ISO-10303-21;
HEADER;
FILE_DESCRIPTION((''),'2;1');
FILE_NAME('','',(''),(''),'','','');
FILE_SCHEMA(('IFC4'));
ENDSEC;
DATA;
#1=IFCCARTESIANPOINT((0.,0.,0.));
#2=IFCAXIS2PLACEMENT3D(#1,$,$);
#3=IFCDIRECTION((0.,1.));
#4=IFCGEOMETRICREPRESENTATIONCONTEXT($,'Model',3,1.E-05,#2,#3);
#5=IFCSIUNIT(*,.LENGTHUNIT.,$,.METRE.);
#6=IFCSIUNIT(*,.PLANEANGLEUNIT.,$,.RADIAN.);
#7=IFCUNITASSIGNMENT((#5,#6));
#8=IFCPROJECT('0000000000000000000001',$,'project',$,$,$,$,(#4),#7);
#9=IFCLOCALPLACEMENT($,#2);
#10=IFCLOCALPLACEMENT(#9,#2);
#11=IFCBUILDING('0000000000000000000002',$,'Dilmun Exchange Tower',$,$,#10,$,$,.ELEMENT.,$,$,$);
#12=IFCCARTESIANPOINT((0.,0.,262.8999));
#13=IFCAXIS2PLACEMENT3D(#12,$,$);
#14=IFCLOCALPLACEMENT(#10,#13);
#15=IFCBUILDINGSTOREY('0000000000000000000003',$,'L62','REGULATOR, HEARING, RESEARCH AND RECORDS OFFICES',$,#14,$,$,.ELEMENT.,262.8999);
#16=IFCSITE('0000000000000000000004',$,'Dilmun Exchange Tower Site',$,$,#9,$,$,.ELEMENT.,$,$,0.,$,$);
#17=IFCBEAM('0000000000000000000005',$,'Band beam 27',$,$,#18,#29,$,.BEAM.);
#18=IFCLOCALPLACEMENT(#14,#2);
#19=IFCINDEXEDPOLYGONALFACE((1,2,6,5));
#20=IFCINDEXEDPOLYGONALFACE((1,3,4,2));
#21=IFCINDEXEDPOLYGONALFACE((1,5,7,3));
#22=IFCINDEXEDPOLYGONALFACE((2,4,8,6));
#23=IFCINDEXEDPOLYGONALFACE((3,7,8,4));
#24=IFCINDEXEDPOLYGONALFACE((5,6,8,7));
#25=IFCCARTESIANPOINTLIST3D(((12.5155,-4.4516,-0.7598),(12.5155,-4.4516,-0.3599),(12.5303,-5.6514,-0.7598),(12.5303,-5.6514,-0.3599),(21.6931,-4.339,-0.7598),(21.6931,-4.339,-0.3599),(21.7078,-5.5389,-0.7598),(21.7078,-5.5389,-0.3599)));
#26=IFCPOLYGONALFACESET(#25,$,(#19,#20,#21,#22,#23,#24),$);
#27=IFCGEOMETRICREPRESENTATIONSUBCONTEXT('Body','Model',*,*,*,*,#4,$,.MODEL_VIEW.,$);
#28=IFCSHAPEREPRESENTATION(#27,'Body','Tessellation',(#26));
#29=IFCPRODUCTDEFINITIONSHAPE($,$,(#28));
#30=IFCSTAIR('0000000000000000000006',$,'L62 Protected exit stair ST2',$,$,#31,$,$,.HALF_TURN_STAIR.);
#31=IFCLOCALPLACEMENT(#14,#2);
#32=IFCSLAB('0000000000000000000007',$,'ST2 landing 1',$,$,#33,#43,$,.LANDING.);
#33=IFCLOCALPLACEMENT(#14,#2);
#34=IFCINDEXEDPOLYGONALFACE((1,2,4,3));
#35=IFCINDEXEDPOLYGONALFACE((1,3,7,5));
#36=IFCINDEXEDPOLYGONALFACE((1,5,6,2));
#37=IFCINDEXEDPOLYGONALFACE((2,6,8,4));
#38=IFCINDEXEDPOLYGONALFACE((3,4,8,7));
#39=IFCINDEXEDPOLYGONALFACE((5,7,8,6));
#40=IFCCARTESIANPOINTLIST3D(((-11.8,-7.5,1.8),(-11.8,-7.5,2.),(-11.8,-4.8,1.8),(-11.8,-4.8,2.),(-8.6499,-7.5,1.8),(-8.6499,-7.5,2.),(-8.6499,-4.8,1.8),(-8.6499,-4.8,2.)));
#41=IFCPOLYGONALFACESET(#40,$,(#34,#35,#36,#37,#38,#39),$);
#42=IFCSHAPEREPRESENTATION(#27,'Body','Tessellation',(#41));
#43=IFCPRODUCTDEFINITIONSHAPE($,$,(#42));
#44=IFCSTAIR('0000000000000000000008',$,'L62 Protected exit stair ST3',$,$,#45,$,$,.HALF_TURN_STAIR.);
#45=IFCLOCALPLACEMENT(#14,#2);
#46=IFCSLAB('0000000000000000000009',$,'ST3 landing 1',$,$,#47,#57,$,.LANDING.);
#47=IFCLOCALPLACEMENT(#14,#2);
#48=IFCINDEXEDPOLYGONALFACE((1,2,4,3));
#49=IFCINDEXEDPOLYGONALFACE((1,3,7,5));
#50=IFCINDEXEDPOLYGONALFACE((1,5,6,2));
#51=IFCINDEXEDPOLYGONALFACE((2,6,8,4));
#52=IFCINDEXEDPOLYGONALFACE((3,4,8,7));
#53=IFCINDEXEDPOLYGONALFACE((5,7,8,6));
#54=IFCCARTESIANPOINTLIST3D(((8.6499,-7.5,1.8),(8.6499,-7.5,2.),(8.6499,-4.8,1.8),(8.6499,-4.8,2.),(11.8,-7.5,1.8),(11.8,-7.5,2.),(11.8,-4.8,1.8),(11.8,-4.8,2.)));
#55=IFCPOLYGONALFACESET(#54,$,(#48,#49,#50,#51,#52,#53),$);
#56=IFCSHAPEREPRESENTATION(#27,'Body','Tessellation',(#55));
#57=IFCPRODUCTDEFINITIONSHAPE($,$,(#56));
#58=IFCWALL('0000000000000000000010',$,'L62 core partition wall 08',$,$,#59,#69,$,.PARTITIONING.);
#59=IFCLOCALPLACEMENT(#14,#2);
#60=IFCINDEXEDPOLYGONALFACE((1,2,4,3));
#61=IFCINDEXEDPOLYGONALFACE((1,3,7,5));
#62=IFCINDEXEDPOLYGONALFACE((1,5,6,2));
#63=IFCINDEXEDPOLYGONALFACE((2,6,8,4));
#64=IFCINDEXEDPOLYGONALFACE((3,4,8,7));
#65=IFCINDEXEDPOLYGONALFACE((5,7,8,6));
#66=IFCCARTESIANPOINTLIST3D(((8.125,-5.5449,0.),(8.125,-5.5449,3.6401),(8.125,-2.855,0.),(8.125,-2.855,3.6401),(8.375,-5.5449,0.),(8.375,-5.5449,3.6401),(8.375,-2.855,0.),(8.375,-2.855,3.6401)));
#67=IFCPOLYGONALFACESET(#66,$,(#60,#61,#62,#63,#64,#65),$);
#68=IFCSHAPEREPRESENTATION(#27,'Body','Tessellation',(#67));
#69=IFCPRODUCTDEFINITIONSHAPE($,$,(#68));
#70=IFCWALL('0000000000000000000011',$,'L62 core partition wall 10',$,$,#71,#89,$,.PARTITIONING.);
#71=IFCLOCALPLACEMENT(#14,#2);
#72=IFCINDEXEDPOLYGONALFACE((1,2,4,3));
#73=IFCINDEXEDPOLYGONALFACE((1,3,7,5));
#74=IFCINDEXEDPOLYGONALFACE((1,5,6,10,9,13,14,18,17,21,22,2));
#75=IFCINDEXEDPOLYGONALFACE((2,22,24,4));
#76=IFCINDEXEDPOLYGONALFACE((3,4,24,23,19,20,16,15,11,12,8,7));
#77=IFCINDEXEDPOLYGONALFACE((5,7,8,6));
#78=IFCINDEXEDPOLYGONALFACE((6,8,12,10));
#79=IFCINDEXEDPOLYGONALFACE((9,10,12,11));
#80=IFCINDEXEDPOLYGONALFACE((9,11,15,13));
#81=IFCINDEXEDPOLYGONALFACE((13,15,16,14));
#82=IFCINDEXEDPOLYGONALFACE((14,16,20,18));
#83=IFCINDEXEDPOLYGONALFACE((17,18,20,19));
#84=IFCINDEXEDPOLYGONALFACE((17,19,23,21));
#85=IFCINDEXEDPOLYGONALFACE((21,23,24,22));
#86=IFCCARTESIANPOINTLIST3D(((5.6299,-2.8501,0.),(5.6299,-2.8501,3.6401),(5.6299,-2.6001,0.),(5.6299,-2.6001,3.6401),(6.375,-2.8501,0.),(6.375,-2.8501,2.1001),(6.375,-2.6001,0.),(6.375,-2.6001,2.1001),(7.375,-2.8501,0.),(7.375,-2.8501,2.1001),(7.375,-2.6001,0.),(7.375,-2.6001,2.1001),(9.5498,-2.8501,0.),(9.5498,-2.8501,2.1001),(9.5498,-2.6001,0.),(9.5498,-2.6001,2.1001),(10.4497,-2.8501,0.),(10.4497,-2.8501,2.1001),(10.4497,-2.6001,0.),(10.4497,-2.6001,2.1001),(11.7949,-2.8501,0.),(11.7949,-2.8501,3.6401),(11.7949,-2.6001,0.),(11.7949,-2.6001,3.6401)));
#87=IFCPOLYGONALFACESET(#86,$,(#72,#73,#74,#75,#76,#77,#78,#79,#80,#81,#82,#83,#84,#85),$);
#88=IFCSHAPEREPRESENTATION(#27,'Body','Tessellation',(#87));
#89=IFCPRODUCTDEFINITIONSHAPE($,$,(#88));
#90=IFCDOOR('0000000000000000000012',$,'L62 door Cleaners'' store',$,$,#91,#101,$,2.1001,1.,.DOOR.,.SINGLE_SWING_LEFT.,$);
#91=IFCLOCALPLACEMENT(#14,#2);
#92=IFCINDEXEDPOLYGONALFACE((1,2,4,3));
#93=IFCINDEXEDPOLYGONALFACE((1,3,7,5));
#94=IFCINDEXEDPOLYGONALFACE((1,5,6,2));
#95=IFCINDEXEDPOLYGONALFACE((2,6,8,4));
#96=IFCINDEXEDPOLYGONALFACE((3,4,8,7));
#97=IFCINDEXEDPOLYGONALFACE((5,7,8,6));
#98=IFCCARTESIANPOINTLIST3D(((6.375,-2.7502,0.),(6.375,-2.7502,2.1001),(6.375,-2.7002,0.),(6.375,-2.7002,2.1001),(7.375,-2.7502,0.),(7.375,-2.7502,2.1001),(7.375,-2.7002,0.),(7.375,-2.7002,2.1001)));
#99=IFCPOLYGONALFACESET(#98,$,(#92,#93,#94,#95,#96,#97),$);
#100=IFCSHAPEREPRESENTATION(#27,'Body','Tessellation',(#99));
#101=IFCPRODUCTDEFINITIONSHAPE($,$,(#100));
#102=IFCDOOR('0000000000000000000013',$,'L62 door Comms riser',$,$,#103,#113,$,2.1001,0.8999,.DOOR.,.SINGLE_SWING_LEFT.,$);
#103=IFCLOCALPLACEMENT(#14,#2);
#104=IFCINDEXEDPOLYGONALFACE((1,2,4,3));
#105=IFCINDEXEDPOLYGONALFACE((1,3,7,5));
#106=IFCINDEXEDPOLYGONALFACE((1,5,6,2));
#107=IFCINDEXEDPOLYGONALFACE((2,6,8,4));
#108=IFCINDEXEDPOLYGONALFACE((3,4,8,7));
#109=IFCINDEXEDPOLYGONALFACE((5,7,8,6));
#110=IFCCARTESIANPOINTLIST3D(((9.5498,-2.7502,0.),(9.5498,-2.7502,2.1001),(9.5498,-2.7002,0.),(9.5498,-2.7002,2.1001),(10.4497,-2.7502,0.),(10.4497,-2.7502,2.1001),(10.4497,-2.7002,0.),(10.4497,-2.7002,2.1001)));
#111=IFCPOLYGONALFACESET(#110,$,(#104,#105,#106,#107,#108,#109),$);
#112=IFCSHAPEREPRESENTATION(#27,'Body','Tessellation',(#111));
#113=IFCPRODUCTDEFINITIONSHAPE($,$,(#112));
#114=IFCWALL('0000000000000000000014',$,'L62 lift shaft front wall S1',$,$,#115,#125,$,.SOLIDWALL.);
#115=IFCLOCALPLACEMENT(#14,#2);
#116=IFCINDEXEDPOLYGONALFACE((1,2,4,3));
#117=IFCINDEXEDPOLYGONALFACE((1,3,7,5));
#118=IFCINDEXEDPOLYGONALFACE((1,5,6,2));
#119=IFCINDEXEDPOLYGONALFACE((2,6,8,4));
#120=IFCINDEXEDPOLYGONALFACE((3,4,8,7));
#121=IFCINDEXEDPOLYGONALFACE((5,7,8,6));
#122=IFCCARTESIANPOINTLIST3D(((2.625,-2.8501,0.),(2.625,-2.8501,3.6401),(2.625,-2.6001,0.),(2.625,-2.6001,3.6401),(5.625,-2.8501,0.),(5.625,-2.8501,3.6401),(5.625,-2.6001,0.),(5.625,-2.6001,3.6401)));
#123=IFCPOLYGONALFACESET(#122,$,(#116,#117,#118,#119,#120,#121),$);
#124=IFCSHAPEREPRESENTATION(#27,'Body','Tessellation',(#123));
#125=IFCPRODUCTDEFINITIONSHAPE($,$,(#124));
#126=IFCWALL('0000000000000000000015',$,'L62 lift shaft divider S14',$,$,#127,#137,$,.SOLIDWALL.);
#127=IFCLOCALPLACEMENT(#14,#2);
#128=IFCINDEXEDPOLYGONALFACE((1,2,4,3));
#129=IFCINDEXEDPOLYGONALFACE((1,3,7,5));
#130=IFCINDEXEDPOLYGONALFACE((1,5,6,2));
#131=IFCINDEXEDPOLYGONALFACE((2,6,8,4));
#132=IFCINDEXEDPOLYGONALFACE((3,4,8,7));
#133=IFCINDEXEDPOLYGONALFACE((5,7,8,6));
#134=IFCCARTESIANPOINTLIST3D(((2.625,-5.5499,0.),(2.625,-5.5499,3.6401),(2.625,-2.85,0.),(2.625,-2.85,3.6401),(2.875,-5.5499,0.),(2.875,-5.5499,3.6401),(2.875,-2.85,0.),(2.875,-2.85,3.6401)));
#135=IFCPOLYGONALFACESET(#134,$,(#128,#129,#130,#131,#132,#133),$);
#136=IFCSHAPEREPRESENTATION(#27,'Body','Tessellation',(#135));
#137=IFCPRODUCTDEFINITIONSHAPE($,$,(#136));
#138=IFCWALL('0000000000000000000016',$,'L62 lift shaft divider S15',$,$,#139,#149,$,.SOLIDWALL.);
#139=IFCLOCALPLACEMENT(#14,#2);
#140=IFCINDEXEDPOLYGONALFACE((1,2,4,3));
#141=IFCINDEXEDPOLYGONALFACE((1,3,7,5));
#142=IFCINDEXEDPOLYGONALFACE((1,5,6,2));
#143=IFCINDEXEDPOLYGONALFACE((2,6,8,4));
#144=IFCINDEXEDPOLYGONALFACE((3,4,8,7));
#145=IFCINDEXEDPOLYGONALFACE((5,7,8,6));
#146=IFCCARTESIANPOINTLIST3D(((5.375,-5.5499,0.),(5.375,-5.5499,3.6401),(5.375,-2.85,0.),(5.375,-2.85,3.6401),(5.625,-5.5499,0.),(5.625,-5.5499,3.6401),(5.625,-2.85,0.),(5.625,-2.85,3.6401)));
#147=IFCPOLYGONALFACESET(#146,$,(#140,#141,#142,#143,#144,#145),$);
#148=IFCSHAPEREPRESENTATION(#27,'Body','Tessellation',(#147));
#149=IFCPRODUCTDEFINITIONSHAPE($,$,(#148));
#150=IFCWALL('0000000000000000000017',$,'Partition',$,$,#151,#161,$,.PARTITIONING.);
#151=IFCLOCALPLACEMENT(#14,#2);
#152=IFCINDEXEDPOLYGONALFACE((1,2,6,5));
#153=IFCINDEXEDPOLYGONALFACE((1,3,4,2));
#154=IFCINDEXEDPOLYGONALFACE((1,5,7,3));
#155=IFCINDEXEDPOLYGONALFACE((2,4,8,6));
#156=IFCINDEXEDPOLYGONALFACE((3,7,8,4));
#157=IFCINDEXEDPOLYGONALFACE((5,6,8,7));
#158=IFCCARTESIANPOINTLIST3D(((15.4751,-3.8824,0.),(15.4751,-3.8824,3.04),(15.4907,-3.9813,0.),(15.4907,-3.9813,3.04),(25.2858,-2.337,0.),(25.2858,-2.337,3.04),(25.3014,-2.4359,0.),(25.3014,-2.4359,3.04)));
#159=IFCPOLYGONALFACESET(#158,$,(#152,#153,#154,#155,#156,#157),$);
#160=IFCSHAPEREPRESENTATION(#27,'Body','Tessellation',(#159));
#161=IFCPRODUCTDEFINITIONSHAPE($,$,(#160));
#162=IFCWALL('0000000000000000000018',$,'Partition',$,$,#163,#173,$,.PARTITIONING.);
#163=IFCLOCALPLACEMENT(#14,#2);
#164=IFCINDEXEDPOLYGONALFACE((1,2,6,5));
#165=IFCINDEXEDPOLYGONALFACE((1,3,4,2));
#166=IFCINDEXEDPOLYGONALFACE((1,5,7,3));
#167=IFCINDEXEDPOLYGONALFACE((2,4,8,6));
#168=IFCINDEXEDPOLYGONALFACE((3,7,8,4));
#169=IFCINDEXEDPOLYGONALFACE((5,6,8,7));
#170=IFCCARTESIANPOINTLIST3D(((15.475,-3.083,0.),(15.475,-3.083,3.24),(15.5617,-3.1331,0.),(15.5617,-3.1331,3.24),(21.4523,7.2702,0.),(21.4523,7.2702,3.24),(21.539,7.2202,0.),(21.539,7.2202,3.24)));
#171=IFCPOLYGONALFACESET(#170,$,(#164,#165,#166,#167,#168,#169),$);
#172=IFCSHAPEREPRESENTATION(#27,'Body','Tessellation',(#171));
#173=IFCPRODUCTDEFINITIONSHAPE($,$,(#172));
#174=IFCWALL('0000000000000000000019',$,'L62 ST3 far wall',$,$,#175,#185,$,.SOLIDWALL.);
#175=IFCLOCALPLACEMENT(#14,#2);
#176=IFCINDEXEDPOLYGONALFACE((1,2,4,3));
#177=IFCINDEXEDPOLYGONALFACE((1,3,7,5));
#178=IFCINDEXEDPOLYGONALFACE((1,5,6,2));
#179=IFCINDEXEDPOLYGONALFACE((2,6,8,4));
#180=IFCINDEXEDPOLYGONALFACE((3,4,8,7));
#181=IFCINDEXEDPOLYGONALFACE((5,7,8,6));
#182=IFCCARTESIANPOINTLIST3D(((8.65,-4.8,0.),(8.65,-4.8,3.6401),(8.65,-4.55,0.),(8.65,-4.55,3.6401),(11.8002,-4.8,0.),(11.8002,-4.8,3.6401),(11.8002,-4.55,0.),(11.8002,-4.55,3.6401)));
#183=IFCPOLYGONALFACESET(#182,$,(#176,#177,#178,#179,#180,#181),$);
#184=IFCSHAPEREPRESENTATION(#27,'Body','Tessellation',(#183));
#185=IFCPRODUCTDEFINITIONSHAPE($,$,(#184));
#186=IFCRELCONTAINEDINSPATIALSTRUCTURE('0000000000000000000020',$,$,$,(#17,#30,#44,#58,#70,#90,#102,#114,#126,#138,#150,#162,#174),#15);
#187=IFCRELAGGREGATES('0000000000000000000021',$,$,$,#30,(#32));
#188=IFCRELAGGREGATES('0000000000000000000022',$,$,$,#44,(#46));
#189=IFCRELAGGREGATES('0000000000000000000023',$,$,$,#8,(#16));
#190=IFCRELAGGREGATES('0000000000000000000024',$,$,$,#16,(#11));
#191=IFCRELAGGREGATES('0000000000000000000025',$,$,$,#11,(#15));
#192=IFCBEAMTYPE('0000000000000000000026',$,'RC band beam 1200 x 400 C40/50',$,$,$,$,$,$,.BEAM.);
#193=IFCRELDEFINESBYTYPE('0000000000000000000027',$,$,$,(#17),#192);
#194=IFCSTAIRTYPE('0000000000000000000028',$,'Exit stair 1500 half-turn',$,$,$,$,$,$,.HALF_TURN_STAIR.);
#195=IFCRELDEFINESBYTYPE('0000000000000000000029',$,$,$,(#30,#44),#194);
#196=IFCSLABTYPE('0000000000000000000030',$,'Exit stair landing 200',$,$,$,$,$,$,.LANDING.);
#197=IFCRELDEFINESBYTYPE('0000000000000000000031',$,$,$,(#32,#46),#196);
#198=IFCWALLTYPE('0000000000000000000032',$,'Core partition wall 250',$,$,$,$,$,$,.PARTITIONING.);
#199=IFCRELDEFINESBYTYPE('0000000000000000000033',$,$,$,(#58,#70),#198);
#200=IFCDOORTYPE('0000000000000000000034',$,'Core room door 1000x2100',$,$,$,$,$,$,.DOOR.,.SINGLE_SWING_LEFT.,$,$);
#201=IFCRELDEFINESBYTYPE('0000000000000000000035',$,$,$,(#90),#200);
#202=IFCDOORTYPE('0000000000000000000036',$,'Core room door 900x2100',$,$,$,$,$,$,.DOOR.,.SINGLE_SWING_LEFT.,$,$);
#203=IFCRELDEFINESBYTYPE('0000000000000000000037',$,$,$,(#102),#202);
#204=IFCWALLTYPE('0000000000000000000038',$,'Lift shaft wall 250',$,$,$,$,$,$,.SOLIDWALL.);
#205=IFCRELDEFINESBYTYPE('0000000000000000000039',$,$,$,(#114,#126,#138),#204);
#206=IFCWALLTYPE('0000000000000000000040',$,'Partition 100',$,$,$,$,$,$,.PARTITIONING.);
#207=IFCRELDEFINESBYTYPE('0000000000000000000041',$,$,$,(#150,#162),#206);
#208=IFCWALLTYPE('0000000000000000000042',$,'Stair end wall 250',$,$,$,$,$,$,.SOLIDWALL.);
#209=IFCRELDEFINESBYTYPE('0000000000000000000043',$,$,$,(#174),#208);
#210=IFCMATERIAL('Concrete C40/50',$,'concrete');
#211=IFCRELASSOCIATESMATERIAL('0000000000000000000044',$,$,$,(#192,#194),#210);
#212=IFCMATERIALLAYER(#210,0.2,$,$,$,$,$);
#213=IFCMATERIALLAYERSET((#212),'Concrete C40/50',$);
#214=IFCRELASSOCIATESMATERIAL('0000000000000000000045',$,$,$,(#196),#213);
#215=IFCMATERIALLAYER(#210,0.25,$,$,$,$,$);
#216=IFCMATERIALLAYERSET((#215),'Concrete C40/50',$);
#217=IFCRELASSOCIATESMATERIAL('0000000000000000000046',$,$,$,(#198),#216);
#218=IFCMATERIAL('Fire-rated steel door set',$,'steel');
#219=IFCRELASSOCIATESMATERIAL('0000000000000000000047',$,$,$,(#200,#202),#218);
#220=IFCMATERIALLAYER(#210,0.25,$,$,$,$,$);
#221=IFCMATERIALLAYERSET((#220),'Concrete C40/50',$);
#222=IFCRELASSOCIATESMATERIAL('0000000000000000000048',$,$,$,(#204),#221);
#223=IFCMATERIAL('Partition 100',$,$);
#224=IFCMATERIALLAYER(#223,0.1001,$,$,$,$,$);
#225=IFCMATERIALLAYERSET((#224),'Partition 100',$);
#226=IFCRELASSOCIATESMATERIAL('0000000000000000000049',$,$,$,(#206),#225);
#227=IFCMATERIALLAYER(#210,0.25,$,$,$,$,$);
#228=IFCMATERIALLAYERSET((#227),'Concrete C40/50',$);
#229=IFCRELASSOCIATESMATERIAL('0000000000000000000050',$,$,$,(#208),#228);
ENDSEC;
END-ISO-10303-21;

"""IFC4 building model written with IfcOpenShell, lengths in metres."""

from ifc_helpers import new_model, si_unit, direction, frame, frame_2d, origin, origin_2d, place, context, subcontext, project, spatial, polyline, rectangle, outline, extrude, material, layer, layer_set, material_profile, profile_set, type_object, element, fill, aggregate, save


model = new_model("IFC4")

# Units and contexts
model_context = context("Model", 3, precision=1e-05, world=origin(), true_north=direction((0.0, 1.0)))
body_context = subcontext(model_context, "Body", "Model", "MODEL_VIEW")
ifc_project = project(units=[si_unit("LENGTHUNIT", "METRE"), si_unit("PLANEANGLEUNIT", "RADIAN")], contexts=[model_context])

# Site, building, storey
site_placement = place(None, origin())
site = spatial("IfcSite", under=ifc_project, at=site_placement, Name="Dilmun Exchange Tower Site", CompositionType="ELEMENT", RefElevation=0.0)
building_placement = place(site_placement, origin())
building = spatial("IfcBuilding", under=site, at=building_placement, Name="Dilmun Exchange Tower", CompositionType="ELEMENT")
storey_placement = place(building_placement, frame((0.0, 0.0, 262.8999)))
storey = spatial("IfcBuildingStorey", under=building, at=storey_placement, Name="L62", Description="REGULATOR, HEARING, RESEARCH AND RECORDS OFFICES", CompositionType="ELEMENT", Elevation=262.8999)

# Beam
ifc_material_1 = material(Name="Concrete C40/50", Category="concrete")
ifc_material_profile = material_profile(ifc_material_1, rectangle(XDim=1.2, YDim=0.3999, at=origin_2d()), Name="1200 x 400")
ifc_profile_set = profile_set([ifc_material_profile], Name="Concrete C40/50")
beam_type = type_object("IfcBeamType", Name="RC band beam 1200 x 400 C40/50", PredefinedType="BEAM", material=ifc_profile_set)
beam_placement = place(storey_placement, frame((21.7004, -4.939, -0.5598), z_axis=(-0.999925, -0.012263, 0.0), x_axis=(0.012263, -0.999925, 0.0)))
element("IfcBeam", 1, at=beam_placement, inside=storey, type_object=beam_type, Name="Band beam 27", PredefinedType="BEAM", context=body_context, shape_type="SweptSolid", body=[
    extrude(rectangle(XDim=1.2, YDim=0.3999, at=origin_2d()), origin(), (0.0, 0.0, 1.0), 9.1782),
])

# Stairs, slabs
stair_type = type_object("IfcStairType", Name="Exit stair 1500 half-turn", PredefinedType="HALF_TURN_STAIR", material=ifc_material_1)
stair_1_placement = place(storey_placement, origin())
stair_1 = element("IfcStair", 2, at=stair_1_placement, inside=storey, type_object=stair_type, Name="L62 Protected exit stair ST2", PredefinedType="HALF_TURN_STAIR")
ifc_layer_1 = layer(ifc_material_1, 0.2)
ifc_layer_set_1 = layer_set([ifc_layer_1], Name="Concrete C40/50")
slab_type = type_object("IfcSlabType", Name="Exit stair landing 200", PredefinedType="LANDING", material=ifc_layer_set_1)
slab_1_placement = place(storey_placement, frame((0.0, 0.0, 1.8)))
slab_1 = element("IfcSlab", 3, at=slab_1_placement, type_object=slab_type, Name="ST2 landing 1", PredefinedType="LANDING", context=body_context, shape_type="SweptSolid", body=[
    extrude(outline(polyline([(-8.6499, -7.5), (-8.6499, -4.8), (-11.8, -4.8), (-11.8, -7.5), (-8.6499, -7.5)])), origin(), (0.0, 0.0, 1.0), 0.2),
])
aggregate(stair_1, [slab_1])
stair_2_placement = place(storey_placement, origin())
stair_2 = element("IfcStair", 4, at=stair_2_placement, inside=storey, type_object=stair_type, Name="L62 Protected exit stair ST3", PredefinedType="HALF_TURN_STAIR")
slab_2_placement = place(storey_placement, frame((0.0, 0.0, 1.8)))
slab_2 = element("IfcSlab", 5, at=slab_2_placement, type_object=slab_type, Name="ST3 landing 1", PredefinedType="LANDING", context=body_context, shape_type="SweptSolid", body=[
    extrude(outline(polyline([(11.8, -7.5), (11.8, -4.8), (8.6499, -4.8), (8.6499, -7.5), (11.8, -7.5)])), origin(), (0.0, 0.0, 1.0), 0.2),
])

# Wall
ifc_layer_2 = layer(ifc_material_1, 0.25)
ifc_layer_set_2 = layer_set([ifc_layer_2], Name="Concrete C40/50")
wall_type_1 = type_object("IfcWallType", Name="Core partition wall 250", PredefinedType="PARTITIONING", material=ifc_layer_set_2)
wall_1_placement = place(storey_placement, frame((8.25, -5.5449, 0.0), z_axis=(0.0, 0.0, 1.0), x_axis=(0.0, 1.0, 0.0)))
element("IfcWall", 6, at=wall_1_placement, inside=storey, type_object=wall_type_1, Name="L62 core partition wall 08", PredefinedType="PARTITIONING", context=body_context, shape_type="SweptSolid", body=[
    extrude(rectangle(XDim=2.6899, YDim=0.25, at=frame_2d((1.345, 0.0))), origin(), (0.0, 0.0, 1.0), 3.6401),
])

# Wall, openings, doors
wall_2_placement = place(storey_placement, frame((5.6299, -2.7251, 0.0), z_axis=(0.0, 0.0, 1.0), x_axis=(1.0, 0.0, 0.0)))
wall_2 = element("IfcWall", 7, at=wall_2_placement, inside=storey, type_object=wall_type_1, Name="L62 core partition wall 10", PredefinedType="PARTITIONING", context=body_context, shape_type="SweptSolid", body=[
    extrude(rectangle(XDim=6.165, YDim=0.25, at=frame_2d((3.0825, 0.0))), origin(), (0.0, 0.0, 1.0), 3.6401),
])
opening_1_placement = place(wall_2_placement, frame((0.7451, 0.0, 0.0)))
opening_1 = element("IfcOpeningElement", 8, at=opening_1_placement, cuts=wall_2, PredefinedType="OPENING", context=body_context, shape_type="SweptSolid", body=[
    extrude(rectangle(XDim=1.0, YDim=2.1001, at=frame_2d((0.5, 1.05))), frame((0.0, 0.135, 0.0), z_axis=(0.0, -1.0, 0.0), x_axis=(1.0, 0.0, 0.0)), (0.0, 0.0, 1.0), 0.27),
])
opening_2_placement = place(wall_2_placement, frame((3.9199, 0.0, 0.0)))
opening_2 = element("IfcOpeningElement", 9, at=opening_2_placement, cuts=wall_2, PredefinedType="OPENING", context=body_context, shape_type="SweptSolid", body=[
    extrude(rectangle(XDim=0.8999, YDim=2.1001, at=frame_2d((0.45, 1.05))), frame((0.0, 0.135, 0.0), z_axis=(0.0, -1.0, 0.0), x_axis=(1.0, 0.0, 0.0)), (0.0, 0.0, 1.0), 0.27),
])
ifc_material_2 = material(Name="Fire-rated steel door set", Category="steel")
door_type_1 = type_object("IfcDoorType", Name="Core room door 1000x2100", OperationType="SINGLE_SWING_LEFT", PredefinedType="DOOR", material=ifc_material_2)
door_1_placement = place(opening_1_placement, origin())
door_1 = element("IfcDoor", 10, at=door_1_placement, inside=storey, type_object=door_type_1, Name="L62 door Cleaners' store", OperationType="SINGLE_SWING_LEFT", OverallHeight=2.1001, OverallWidth=1.0, PredefinedType="DOOR", context=body_context, shape_type="SweptSolid", body=[
    extrude(rectangle(XDim=1.0, YDim=2.1001, at=frame_2d((0.5, 1.05))), frame((0.0, 0.0249, 0.0), z_axis=(0.0, -1.0, 0.0), x_axis=(1.0, 0.0, 0.0)), (0.0, 0.0, 1.0), 0.05),
])
fill(opening_1, door_1)
door_type_2 = type_object("IfcDoorType", Name="Core room door 900x2100", OperationType="SINGLE_SWING_LEFT", PredefinedType="DOOR", material=ifc_material_2)
door_2_placement = place(opening_2_placement, origin())
door_2 = element("IfcDoor", 11, at=door_2_placement, inside=storey, type_object=door_type_2, Name="L62 door Comms riser", OperationType="SINGLE_SWING_LEFT", OverallHeight=2.1001, OverallWidth=0.8999, PredefinedType="DOOR", context=body_context, shape_type="SweptSolid", body=[
    extrude(rectangle(XDim=0.8999, YDim=2.1001, at=frame_2d((0.45, 1.05))), frame((0.0, 0.0249, 0.0), z_axis=(0.0, -1.0, 0.0), x_axis=(1.0, 0.0, 0.0)), (0.0, 0.0, 1.0), 0.05),
])
fill(opening_2, door_2)

# Walls
ifc_layer_3 = layer(ifc_material_1, 0.25)
ifc_layer_set_3 = layer_set([ifc_layer_3], Name="Concrete C40/50")
wall_type_2 = type_object("IfcWallType", Name="Lift shaft wall 250", PredefinedType="SOLIDWALL", material=ifc_layer_set_3)
wall_3_placement = place(storey_placement, frame((2.625, -2.7251, 0.0), z_axis=(0.0, 0.0, 1.0), x_axis=(1.0, 0.0, 0.0)))
element("IfcWall", 12, at=wall_3_placement, inside=storey, type_object=wall_type_2, Name="L62 lift shaft front wall S1", PredefinedType="SOLIDWALL", context=body_context, shape_type="SweptSolid", body=[
    extrude(rectangle(XDim=3.0, YDim=0.25, at=frame_2d((1.5, 0.0))), origin(), (0.0, 0.0, 1.0), 3.6401),
])
for number, where, z_axis, x_axis, name in (
    (13, (2.75, -5.55, 0.0), (0.0, 0.0, 1.0), (0.0, 1.0, 0.0), "L62 lift shaft divider S14"),
    (14, (5.5, -5.55, 0.0), (0.0, 0.0, 1.0), (0.0, 1.0, 0.0), "L62 lift shaft divider S15"),
):
    element("IfcWall", number, at=place(storey_placement, frame(where, z_axis=z_axis, x_axis=x_axis)), inside=storey, type_object=wall_type_2, Name=name, PredefinedType="SOLIDWALL", context=body_context, shape_type="SweptSolid", body=[
        extrude(rectangle(XDim=2.7, YDim=0.25, at=frame_2d((1.3501, 0.0))), origin(), (0.0, 0.0, 1.0), 3.6401),
    ])
ifc_material_3 = material(Name="Partition 100")
ifc_layer_4 = layer(ifc_material_3, 0.1001)
ifc_layer_set_4 = layer_set([ifc_layer_4], Name="Partition 100")
wall_type_3 = type_object("IfcWallType", Name="Partition 100", PredefinedType="PARTITIONING", material=ifc_layer_set_4)
wall_4_placement = place(storey_placement, frame((15.4829, -3.9319, 0.0), z_axis=(0.0, 0.0, 1.0), x_axis=(0.987819, 0.155607, 0.0)))
element("IfcWall", 15, at=wall_4_placement, inside=storey, type_object=wall_type_3, Name="Partition", PredefinedType="PARTITIONING", context=body_context, shape_type="SweptSolid", body=[
    extrude(rectangle(XDim=9.9316, YDim=0.1001, at=frame_2d((4.9658, 0.0))), origin(), (0.0, 0.0, 1.0), 3.04),
])
wall_5_placement = place(storey_placement, frame((15.5183, -3.1082, 0.0), z_axis=(0.0, 0.0, 1.0), x_axis=(0.499989, 0.866032, 0.0)))
element("IfcWall", 16, at=wall_5_placement, inside=storey, type_object=wall_type_3, Name="Partition", PredefinedType="PARTITIONING", context=body_context, shape_type="SweptSolid", body=[
    extrude(rectangle(XDim=11.9548, YDim=0.1001, at=frame_2d((5.9775, 0.0))), origin(), (0.0, 0.0, 1.0), 3.24),
])
ifc_layer_5 = layer(ifc_material_1, 0.25)
ifc_layer_set_5 = layer_set([ifc_layer_5], Name="Concrete C40/50")
wall_type_4 = type_object("IfcWallType", Name="Stair end wall 250", PredefinedType="SOLIDWALL", material=ifc_layer_set_5)
wall_6_placement = place(storey_placement, frame((8.6499, -4.675, 0.0), z_axis=(0.0, 0.0, 1.0), x_axis=(1.0, 0.0, 0.0)))
element("IfcWall", 17, at=wall_6_placement, inside=storey, type_object=wall_type_4, Name="L62 ST3 far wall", PredefinedType="SOLIDWALL", context=body_context, shape_type="SweptSolid", body=[
    extrude(rectangle(XDim=3.1501, YDim=0.25, at=frame_2d((1.5752, 0.0))), origin(), (0.0, 0.0, 1.0), 3.6401),
])

aggregate(stair_2, [slab_2])

save(model, "model.ifc")
